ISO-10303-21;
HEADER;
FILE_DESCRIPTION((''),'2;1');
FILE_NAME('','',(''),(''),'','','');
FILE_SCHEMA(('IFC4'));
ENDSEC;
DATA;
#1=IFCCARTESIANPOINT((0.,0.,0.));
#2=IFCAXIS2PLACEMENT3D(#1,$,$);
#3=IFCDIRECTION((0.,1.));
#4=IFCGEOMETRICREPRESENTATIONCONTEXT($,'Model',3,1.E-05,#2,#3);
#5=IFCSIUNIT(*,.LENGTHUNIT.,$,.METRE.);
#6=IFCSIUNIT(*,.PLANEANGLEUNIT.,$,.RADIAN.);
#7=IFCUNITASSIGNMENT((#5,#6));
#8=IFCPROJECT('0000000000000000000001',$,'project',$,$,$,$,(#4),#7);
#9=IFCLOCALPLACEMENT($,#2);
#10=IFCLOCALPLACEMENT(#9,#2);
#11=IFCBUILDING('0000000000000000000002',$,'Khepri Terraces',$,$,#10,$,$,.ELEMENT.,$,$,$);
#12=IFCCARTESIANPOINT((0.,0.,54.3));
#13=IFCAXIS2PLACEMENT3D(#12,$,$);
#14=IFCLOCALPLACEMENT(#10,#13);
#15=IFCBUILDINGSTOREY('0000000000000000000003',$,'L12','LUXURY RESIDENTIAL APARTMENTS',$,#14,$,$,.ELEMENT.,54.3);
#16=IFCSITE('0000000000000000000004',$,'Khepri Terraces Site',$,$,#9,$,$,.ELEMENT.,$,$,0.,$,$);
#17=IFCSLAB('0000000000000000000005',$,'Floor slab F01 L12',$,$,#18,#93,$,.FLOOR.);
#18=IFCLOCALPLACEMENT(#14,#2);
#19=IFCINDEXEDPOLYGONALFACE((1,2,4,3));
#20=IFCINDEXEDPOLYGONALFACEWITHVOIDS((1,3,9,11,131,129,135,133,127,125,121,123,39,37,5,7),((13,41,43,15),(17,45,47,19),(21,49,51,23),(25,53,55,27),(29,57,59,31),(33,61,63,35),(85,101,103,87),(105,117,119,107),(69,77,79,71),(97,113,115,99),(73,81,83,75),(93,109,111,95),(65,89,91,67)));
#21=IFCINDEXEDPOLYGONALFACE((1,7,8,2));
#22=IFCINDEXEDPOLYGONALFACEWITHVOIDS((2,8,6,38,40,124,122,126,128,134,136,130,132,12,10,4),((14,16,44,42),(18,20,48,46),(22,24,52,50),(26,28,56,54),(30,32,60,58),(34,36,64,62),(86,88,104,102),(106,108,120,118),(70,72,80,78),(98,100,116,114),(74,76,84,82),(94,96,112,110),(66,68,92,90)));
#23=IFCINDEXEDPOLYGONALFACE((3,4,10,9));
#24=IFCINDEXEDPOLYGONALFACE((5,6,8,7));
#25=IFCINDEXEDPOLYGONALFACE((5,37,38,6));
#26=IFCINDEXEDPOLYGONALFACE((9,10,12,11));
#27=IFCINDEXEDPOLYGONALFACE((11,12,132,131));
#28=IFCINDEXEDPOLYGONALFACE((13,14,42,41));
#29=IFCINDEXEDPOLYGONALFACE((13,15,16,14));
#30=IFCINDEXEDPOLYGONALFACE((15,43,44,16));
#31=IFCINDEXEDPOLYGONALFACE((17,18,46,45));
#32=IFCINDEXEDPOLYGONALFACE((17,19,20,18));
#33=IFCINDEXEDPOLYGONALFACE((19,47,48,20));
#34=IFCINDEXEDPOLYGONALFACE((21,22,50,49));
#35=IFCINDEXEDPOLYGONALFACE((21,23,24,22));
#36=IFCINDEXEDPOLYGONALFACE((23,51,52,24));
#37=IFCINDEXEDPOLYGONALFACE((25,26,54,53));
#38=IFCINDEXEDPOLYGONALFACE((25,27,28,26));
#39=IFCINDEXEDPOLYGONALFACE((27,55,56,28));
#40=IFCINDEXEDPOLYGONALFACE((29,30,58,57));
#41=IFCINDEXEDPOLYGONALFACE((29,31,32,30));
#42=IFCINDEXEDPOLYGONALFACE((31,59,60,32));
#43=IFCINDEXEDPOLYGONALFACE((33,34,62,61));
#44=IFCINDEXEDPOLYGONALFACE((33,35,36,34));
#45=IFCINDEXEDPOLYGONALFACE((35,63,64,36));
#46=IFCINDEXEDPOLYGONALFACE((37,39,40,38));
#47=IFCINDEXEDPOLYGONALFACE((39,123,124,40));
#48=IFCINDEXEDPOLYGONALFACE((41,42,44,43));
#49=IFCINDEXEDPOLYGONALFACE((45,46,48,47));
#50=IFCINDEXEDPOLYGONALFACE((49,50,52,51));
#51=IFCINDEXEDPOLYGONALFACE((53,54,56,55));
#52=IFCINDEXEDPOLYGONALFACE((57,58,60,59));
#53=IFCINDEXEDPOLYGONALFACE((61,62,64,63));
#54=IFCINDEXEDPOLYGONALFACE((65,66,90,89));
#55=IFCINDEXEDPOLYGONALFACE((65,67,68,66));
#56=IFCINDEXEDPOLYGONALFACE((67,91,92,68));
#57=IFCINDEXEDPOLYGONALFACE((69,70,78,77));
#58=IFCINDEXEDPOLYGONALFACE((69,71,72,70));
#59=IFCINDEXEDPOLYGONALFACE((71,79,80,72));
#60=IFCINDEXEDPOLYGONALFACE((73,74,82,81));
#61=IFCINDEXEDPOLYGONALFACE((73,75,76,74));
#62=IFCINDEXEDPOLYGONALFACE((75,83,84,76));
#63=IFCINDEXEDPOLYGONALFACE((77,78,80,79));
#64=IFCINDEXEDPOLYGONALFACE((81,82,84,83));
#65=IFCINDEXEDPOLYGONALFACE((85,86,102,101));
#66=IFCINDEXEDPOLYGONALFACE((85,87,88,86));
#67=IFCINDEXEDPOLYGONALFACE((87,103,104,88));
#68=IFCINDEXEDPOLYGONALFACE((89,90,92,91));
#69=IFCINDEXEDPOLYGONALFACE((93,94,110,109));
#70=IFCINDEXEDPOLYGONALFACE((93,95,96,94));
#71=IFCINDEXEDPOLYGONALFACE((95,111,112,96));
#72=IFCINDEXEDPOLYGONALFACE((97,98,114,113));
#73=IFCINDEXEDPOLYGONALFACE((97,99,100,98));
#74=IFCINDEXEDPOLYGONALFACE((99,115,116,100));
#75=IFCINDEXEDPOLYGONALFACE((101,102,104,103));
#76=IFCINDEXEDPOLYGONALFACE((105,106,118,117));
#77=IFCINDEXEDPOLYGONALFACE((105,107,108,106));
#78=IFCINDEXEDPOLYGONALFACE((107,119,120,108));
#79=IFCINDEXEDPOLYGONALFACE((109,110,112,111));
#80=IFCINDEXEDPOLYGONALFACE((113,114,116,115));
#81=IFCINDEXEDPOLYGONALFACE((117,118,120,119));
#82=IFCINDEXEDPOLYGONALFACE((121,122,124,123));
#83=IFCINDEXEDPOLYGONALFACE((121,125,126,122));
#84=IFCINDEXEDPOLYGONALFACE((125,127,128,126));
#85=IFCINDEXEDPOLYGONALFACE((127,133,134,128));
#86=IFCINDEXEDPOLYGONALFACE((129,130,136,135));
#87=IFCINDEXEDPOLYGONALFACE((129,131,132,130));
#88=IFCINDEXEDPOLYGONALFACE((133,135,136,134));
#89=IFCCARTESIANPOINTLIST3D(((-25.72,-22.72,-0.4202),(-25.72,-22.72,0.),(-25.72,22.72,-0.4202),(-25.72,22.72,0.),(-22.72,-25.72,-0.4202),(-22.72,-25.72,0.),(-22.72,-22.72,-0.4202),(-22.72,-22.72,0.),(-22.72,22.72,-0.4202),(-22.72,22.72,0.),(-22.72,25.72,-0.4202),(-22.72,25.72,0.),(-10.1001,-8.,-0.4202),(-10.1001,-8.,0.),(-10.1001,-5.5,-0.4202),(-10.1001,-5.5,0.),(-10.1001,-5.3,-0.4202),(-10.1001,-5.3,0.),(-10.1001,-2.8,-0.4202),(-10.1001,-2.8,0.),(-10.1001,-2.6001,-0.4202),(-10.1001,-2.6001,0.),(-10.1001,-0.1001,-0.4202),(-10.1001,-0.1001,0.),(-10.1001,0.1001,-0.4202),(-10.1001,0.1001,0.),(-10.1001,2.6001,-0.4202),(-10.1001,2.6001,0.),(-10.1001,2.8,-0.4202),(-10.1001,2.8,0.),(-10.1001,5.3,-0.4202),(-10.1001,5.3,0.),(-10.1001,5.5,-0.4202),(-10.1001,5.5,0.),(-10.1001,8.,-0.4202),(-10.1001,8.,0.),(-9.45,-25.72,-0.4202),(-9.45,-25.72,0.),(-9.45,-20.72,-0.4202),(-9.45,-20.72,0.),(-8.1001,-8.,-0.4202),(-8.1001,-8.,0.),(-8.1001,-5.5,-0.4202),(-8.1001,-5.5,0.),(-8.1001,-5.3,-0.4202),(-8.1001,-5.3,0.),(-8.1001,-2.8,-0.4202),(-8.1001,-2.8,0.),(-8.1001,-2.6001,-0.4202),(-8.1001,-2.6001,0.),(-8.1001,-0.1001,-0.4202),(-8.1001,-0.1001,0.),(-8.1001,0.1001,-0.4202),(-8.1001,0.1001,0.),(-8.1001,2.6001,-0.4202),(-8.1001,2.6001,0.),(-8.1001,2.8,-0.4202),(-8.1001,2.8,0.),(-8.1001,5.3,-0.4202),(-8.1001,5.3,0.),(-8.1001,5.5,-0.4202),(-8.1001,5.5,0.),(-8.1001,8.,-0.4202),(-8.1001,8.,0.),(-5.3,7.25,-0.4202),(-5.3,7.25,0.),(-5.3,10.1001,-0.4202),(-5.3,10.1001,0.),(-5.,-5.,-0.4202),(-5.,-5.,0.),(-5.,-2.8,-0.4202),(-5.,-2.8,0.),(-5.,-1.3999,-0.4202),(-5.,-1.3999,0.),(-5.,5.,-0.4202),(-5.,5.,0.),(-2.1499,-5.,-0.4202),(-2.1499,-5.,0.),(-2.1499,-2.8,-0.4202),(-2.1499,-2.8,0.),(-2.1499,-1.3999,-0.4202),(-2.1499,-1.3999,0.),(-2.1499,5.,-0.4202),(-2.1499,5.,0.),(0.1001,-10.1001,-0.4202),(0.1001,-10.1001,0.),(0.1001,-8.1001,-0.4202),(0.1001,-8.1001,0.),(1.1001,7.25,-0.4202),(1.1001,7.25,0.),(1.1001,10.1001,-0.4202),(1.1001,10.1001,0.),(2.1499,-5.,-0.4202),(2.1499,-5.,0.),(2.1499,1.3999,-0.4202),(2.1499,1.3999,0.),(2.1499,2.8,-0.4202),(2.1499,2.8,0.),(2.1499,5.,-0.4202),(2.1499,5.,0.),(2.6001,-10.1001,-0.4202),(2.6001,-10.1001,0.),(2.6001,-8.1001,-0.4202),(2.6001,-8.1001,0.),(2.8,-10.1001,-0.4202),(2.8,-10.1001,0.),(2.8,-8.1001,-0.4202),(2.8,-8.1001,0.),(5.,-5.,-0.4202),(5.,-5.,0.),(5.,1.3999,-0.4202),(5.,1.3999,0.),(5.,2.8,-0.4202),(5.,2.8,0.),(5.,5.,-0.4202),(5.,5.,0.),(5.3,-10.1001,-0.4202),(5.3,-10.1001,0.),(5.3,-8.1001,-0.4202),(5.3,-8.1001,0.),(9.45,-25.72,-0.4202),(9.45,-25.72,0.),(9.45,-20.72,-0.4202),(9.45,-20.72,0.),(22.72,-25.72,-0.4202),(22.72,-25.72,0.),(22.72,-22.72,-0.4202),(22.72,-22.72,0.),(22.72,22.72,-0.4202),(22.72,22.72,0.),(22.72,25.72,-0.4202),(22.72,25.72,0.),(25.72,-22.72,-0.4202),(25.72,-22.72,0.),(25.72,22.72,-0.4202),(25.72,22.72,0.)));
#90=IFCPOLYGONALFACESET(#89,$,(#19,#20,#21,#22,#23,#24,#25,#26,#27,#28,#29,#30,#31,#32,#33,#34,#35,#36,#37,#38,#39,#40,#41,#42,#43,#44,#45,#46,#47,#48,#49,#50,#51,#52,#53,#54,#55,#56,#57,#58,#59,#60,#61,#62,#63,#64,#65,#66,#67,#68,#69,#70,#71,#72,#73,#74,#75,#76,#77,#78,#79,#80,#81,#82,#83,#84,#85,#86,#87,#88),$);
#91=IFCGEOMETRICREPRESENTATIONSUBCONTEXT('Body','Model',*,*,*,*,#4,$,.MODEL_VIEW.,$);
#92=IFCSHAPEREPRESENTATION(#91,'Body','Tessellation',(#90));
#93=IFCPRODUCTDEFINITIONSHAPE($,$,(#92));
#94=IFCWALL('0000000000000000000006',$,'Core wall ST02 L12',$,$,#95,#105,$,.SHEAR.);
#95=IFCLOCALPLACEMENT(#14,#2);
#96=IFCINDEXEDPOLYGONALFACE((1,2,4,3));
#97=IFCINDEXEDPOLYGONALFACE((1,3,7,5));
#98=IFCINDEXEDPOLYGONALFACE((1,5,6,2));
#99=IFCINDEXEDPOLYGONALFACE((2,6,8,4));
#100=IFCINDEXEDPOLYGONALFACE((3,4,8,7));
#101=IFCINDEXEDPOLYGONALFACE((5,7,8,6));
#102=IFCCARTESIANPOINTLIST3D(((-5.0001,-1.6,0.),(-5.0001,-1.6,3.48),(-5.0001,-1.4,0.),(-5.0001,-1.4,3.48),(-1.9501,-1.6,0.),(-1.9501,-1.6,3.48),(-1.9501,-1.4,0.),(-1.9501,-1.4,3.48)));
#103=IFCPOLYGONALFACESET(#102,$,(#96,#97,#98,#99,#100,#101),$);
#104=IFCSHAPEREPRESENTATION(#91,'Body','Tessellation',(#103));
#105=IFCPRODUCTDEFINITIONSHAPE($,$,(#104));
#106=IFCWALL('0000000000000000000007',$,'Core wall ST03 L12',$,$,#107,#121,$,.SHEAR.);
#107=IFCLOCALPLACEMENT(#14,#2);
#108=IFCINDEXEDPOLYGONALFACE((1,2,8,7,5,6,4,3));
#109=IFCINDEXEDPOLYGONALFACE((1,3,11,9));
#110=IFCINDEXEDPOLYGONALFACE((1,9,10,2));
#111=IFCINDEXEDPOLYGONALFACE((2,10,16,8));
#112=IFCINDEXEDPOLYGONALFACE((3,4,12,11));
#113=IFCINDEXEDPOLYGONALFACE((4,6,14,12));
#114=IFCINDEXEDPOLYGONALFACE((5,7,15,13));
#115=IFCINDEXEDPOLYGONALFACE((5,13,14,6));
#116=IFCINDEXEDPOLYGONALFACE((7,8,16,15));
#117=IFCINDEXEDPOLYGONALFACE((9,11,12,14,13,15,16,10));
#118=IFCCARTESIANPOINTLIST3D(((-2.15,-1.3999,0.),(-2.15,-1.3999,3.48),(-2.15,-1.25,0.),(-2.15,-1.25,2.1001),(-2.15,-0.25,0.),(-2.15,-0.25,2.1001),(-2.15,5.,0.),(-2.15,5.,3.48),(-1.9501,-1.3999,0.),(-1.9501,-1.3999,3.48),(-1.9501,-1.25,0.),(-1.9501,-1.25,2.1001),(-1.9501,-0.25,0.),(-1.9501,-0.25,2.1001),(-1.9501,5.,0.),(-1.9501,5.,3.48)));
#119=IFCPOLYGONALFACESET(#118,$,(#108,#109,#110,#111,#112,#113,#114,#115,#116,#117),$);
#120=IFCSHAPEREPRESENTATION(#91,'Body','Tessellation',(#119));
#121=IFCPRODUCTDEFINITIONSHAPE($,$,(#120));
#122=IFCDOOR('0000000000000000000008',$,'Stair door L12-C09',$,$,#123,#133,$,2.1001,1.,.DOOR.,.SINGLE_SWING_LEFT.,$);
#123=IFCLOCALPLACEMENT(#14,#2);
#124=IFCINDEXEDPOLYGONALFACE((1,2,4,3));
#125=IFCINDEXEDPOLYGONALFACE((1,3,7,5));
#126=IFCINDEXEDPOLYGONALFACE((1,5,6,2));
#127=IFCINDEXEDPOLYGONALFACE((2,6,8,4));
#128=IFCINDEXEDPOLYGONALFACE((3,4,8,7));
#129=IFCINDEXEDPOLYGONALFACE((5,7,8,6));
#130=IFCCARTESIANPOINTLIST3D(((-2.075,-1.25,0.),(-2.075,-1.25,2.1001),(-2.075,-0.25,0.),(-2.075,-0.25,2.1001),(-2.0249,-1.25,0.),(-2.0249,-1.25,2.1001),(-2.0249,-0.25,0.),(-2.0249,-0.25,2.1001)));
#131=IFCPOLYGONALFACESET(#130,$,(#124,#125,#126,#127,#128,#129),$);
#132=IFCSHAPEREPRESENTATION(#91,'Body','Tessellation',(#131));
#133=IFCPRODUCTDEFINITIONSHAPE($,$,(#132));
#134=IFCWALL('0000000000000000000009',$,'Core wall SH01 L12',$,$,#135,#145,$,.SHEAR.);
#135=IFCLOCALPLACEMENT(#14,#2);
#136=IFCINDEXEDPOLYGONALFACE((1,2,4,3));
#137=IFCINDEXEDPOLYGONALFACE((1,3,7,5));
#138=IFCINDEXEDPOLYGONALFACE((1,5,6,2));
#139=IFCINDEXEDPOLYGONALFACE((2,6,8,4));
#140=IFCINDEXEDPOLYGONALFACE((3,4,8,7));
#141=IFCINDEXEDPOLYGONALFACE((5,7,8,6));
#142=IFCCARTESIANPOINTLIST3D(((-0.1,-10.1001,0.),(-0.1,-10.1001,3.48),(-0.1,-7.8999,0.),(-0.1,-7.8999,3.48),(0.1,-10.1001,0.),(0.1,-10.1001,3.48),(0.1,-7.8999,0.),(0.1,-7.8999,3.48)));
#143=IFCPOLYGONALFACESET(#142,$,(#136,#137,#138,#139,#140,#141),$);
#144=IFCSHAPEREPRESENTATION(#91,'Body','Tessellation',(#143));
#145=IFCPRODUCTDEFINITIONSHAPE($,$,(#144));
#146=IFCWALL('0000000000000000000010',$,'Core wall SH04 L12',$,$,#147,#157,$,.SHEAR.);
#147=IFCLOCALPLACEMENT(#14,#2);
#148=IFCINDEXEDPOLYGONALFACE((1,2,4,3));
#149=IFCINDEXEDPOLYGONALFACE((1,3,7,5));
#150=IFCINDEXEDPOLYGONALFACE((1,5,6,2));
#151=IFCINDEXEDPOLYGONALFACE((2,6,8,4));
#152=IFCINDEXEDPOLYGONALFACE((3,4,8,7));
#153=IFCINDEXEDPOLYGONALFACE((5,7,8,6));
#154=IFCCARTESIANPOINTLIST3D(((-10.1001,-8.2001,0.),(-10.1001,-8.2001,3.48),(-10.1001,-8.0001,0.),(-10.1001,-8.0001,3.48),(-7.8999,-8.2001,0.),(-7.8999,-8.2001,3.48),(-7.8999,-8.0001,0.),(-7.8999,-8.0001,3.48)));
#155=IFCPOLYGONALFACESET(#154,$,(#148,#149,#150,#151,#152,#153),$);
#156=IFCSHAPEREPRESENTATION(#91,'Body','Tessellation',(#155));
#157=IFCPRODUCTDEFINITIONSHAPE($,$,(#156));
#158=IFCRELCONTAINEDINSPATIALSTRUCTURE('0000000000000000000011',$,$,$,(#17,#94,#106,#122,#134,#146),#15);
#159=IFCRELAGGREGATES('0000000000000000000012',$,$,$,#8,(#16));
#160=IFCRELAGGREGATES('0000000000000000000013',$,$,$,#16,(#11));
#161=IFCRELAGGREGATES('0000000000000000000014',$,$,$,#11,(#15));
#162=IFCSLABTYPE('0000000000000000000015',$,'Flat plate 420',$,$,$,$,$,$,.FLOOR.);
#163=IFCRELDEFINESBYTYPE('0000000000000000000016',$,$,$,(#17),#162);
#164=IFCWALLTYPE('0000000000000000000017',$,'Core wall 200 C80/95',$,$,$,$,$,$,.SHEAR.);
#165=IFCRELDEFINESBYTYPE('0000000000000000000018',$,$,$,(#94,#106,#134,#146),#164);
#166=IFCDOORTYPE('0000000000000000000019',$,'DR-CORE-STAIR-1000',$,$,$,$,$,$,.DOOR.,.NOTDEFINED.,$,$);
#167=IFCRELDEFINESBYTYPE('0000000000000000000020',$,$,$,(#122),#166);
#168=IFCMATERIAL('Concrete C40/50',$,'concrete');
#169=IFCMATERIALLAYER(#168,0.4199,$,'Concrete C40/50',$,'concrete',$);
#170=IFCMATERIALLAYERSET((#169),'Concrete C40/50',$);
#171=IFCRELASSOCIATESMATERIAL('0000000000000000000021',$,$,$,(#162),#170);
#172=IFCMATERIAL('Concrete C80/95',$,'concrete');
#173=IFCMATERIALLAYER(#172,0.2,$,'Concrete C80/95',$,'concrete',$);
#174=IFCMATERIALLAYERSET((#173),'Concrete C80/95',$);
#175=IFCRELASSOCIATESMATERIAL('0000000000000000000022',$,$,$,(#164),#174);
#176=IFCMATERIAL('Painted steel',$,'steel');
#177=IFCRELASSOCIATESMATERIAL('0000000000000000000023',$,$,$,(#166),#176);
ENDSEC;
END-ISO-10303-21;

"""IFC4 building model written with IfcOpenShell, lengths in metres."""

from ifc_helpers import new_model, si_unit, direction, frame, frame_2d, origin, place, context, subcontext, project, spatial, polyline, rectangle, outline, extrude, material, layer, layer_set, type_object, element, fill, save


model = new_model("IFC4")

# Units and contexts
model_context = context("Model", 3, precision=1e-05, world=origin(), true_north=direction((0.0, 1.0)))
body_context = subcontext(model_context, "Body", "Model", "MODEL_VIEW")
ifc_project = project(units=[si_unit("LENGTHUNIT", "METRE"), si_unit("PLANEANGLEUNIT", "RADIAN")], contexts=[model_context])

# Site, building, storey
site_placement = place(None, origin())
site = spatial("IfcSite", under=ifc_project, at=site_placement, Name="Khepri Terraces Site", CompositionType="ELEMENT", RefElevation=0.0)
building_placement = place(site_placement, origin())
building = spatial("IfcBuilding", under=site, at=building_placement, Name="Khepri Terraces", CompositionType="ELEMENT")
storey_placement = place(building_placement, frame((0.0, 0.0, 54.3)))
storey = spatial("IfcBuildingStorey", under=building, at=storey_placement, Name="L12", Description="LUXURY RESIDENTIAL APARTMENTS", CompositionType="ELEMENT", Elevation=54.3)

# Slab
ifc_material_1 = material(Name="Concrete C40/50", Category="concrete")
ifc_layer_1 = layer(ifc_material_1, 0.4199, Name="Concrete C40/50", Category="concrete")
ifc_layer_set_1 = layer_set([ifc_layer_1], Name="Concrete C40/50")
slab_type = type_object("IfcSlabType", Name="Flat plate 420", PredefinedType="FLOOR", material=ifc_layer_set_1)
slab_placement = place(storey_placement, frame((0.0, 0.0, -0.4202)))
element("IfcSlab", 1, at=slab_placement, inside=storey, type_object=slab_type, Name="Floor slab F01 L12", PredefinedType="FLOOR", context=body_context, shape_type="SweptSolid", body=[
    extrude(outline(polyline([(22.72, 22.72), (25.72, 22.72), (25.72, -22.72), (22.72, -22.72), (22.72, -25.72), (9.45, -25.72), (9.45, -20.72), (-9.45, -20.72), (-9.45, -25.72), (-22.72, -25.72), (-22.72, -22.72), (-25.72, -22.72), (-25.72, 22.72), (-22.72, 22.72), (-22.72, 25.72), (22.72, 25.72), (22.72, 22.72)]), holes=[polyline([(5.0, 5.0), (2.1499, 5.0), (2.1499, 2.8), (5.0, 2.8), (5.0, 5.0)]), polyline([(-2.1499, -5.0), (-2.1499, -2.8), (-5.0, -2.8), (-5.0, -5.0), (-2.1499, -5.0)]), polyline([(-10.1001, -8.0), (-8.1001, -8.0), (-8.1001, -5.5), (-10.1001, -5.5), (-10.1001, -8.0)]), polyline([(-10.1001, -2.8), (-10.1001, -5.3), (-8.1001, -5.3), (-8.1001, -2.8), (-10.1001, -2.8)]), polyline([(-8.1001, -0.1001), (-10.1001, -0.1001), (-10.1001, -2.6001), (-8.1001, -2.6001), (-8.1001, -0.1001)]), polyline([(-8.1001, 0.1001), (-8.1001, 2.6001), (-10.1001, 2.6001), (-10.1001, 0.1001), (-8.1001, 0.1001)]), polyline([(-10.1001, 2.8), (-8.1001, 2.8), (-8.1001, 5.3), (-10.1001, 5.3), (-10.1001, 2.8)]), polyline([(-10.1001, 8.0), (-10.1001, 5.5), (-8.1001, 5.5), (-8.1001, 8.0), (-10.1001, 8.0)]), polyline([(2.6001, -8.1001), (0.1001, -8.1001), (0.1001, -10.1001), (2.6001, -10.1001), (2.6001, -8.1001)]), polyline([(5.3, -10.1001), (5.3, -8.1001), (2.8, -8.1001), (2.8, -10.1001), (5.3, -10.1001)]), polyline([(-5.0, -1.3999), (-2.1499, -1.3999), (-2.1499, 5.0), (-5.0, 5.0), (-5.0, -1.3999)]), polyline([(5.0, -5.0), (5.0, 1.3999), (2.1499, 1.3999), (2.1499, -5.0), (5.0, -5.0)]), polyline([(-5.3, 10.1001), (-5.3, 7.25), (1.1001, 7.25), (1.1001, 10.1001), (-5.3, 10.1001)])]), origin(), (0.0, 0.0, 1.0), 0.4202),
])

# Wall
ifc_material_2 = material(Name="Concrete C80/95", Category="concrete")
ifc_layer_2 = layer(ifc_material_2, 0.2, Name="Concrete C80/95", Category="concrete")
ifc_layer_set_2 = layer_set([ifc_layer_2], Name="Concrete C80/95")
wall_type_1 = type_object("IfcWallType", Name="Core wall 200 C80/95", PredefinedType="SHEAR", material=ifc_layer_set_2)
wall_1_placement = place(storey_placement, frame((-5.0, -1.5, 0.0), z_axis=(0.0, 0.0, 1.0), x_axis=(1.0, 0.0, 0.0)))
element("IfcWall", 2, at=wall_1_placement, inside=storey, type_object=wall_type_1, Name="Core wall ST02 L12", PredefinedType="SHEAR", context=body_context, shape_type="SweptSolid", body=[
    extrude(rectangle(XDim=3.05, YDim=0.2, at=frame_2d((1.5249, 0.0))), origin(), (0.0, 0.0, 1.0), 3.48),
])

# Wall, opening, door
wall_2_placement = place(storey_placement, frame((-2.05, -1.3999, 0.0), z_axis=(0.0, 0.0, 1.0), x_axis=(0.0, 1.0, 0.0)))
wall_2 = element("IfcWall", 3, at=wall_2_placement, inside=storey, type_object=wall_type_1, Name="Core wall ST03 L12", PredefinedType="SHEAR", context=body_context, shape_type="SweptSolid", body=[
    extrude(rectangle(XDim=6.3999, YDim=0.2, at=frame_2d((3.2, 0.0))), origin(), (0.0, 0.0, 1.0), 3.48),
])
opening_1_placement = place(wall_2_placement, frame((0.1499, 0.0, 0.0)))
opening_1 = element("IfcOpeningElement", 4, at=opening_1_placement, cuts=wall_2, PredefinedType="OPENING", context=body_context, shape_type="SweptSolid", body=[
    extrude(rectangle(XDim=1.0, YDim=2.1001, at=frame_2d((0.5, 1.05))), frame((0.0, 0.1099, 0.0), z_axis=(0.0, -1.0, 0.0), x_axis=(1.0, 0.0, 0.0)), (0.0, 0.0, 1.0), 0.22),
])
ifc_material_3 = material(Name="Painted steel", Category="steel")
door_type_1 = type_object("IfcDoorType", Name="DR-CORE-STAIR-1000", OperationType="NOTDEFINED", PredefinedType="DOOR", material=ifc_material_3)
door_1_placement = place(opening_1_placement, origin())
door_1 = element("IfcDoor", 5, at=door_1_placement, inside=storey, type_object=door_type_1, Name="Stair door L12-C09", OperationType="SINGLE_SWING_LEFT", OverallHeight=2.1001, OverallWidth=1.0, PredefinedType="DOOR", context=body_context, shape_type="SweptSolid", body=[
    extrude(rectangle(XDim=1.0, YDim=2.1001, at=frame_2d((0.5, 1.05))), frame((0.0, 0.0249, 0.0), z_axis=(0.0, -1.0, 0.0), x_axis=(1.0, 0.0, 0.0)), (0.0, 0.0, 1.0), 0.05),
])
fill(opening_1, door_1)

# Walls
for number, where, z_axis, x_axis, name in (
    (6, (0.0, -10.1001, 0.0), (0.0, 0.0, 1.0), (0.0, 1.0, 0.0), "Core wall SH01 L12"),
    (7, (-10.1001, -8.1001, 0.0), (0.0, 0.0, 1.0), (1.0, 0.0, 0.0), "Core wall SH04 L12"),
):
    element("IfcWall", number, at=place(storey_placement, frame(where, z_axis=z_axis, x_axis=x_axis)), inside=storey, type_object=wall_type_1, Name=name, PredefinedType="SHEAR", context=body_context, shape_type="SweptSolid", body=[
        extrude(rectangle(XDim=2.2002, YDim=0.2, at=frame_2d((1.1001, 0.0))), origin(), (0.0, 0.0, 1.0), 3.48),
    ])

save(model, "model.ifc")
